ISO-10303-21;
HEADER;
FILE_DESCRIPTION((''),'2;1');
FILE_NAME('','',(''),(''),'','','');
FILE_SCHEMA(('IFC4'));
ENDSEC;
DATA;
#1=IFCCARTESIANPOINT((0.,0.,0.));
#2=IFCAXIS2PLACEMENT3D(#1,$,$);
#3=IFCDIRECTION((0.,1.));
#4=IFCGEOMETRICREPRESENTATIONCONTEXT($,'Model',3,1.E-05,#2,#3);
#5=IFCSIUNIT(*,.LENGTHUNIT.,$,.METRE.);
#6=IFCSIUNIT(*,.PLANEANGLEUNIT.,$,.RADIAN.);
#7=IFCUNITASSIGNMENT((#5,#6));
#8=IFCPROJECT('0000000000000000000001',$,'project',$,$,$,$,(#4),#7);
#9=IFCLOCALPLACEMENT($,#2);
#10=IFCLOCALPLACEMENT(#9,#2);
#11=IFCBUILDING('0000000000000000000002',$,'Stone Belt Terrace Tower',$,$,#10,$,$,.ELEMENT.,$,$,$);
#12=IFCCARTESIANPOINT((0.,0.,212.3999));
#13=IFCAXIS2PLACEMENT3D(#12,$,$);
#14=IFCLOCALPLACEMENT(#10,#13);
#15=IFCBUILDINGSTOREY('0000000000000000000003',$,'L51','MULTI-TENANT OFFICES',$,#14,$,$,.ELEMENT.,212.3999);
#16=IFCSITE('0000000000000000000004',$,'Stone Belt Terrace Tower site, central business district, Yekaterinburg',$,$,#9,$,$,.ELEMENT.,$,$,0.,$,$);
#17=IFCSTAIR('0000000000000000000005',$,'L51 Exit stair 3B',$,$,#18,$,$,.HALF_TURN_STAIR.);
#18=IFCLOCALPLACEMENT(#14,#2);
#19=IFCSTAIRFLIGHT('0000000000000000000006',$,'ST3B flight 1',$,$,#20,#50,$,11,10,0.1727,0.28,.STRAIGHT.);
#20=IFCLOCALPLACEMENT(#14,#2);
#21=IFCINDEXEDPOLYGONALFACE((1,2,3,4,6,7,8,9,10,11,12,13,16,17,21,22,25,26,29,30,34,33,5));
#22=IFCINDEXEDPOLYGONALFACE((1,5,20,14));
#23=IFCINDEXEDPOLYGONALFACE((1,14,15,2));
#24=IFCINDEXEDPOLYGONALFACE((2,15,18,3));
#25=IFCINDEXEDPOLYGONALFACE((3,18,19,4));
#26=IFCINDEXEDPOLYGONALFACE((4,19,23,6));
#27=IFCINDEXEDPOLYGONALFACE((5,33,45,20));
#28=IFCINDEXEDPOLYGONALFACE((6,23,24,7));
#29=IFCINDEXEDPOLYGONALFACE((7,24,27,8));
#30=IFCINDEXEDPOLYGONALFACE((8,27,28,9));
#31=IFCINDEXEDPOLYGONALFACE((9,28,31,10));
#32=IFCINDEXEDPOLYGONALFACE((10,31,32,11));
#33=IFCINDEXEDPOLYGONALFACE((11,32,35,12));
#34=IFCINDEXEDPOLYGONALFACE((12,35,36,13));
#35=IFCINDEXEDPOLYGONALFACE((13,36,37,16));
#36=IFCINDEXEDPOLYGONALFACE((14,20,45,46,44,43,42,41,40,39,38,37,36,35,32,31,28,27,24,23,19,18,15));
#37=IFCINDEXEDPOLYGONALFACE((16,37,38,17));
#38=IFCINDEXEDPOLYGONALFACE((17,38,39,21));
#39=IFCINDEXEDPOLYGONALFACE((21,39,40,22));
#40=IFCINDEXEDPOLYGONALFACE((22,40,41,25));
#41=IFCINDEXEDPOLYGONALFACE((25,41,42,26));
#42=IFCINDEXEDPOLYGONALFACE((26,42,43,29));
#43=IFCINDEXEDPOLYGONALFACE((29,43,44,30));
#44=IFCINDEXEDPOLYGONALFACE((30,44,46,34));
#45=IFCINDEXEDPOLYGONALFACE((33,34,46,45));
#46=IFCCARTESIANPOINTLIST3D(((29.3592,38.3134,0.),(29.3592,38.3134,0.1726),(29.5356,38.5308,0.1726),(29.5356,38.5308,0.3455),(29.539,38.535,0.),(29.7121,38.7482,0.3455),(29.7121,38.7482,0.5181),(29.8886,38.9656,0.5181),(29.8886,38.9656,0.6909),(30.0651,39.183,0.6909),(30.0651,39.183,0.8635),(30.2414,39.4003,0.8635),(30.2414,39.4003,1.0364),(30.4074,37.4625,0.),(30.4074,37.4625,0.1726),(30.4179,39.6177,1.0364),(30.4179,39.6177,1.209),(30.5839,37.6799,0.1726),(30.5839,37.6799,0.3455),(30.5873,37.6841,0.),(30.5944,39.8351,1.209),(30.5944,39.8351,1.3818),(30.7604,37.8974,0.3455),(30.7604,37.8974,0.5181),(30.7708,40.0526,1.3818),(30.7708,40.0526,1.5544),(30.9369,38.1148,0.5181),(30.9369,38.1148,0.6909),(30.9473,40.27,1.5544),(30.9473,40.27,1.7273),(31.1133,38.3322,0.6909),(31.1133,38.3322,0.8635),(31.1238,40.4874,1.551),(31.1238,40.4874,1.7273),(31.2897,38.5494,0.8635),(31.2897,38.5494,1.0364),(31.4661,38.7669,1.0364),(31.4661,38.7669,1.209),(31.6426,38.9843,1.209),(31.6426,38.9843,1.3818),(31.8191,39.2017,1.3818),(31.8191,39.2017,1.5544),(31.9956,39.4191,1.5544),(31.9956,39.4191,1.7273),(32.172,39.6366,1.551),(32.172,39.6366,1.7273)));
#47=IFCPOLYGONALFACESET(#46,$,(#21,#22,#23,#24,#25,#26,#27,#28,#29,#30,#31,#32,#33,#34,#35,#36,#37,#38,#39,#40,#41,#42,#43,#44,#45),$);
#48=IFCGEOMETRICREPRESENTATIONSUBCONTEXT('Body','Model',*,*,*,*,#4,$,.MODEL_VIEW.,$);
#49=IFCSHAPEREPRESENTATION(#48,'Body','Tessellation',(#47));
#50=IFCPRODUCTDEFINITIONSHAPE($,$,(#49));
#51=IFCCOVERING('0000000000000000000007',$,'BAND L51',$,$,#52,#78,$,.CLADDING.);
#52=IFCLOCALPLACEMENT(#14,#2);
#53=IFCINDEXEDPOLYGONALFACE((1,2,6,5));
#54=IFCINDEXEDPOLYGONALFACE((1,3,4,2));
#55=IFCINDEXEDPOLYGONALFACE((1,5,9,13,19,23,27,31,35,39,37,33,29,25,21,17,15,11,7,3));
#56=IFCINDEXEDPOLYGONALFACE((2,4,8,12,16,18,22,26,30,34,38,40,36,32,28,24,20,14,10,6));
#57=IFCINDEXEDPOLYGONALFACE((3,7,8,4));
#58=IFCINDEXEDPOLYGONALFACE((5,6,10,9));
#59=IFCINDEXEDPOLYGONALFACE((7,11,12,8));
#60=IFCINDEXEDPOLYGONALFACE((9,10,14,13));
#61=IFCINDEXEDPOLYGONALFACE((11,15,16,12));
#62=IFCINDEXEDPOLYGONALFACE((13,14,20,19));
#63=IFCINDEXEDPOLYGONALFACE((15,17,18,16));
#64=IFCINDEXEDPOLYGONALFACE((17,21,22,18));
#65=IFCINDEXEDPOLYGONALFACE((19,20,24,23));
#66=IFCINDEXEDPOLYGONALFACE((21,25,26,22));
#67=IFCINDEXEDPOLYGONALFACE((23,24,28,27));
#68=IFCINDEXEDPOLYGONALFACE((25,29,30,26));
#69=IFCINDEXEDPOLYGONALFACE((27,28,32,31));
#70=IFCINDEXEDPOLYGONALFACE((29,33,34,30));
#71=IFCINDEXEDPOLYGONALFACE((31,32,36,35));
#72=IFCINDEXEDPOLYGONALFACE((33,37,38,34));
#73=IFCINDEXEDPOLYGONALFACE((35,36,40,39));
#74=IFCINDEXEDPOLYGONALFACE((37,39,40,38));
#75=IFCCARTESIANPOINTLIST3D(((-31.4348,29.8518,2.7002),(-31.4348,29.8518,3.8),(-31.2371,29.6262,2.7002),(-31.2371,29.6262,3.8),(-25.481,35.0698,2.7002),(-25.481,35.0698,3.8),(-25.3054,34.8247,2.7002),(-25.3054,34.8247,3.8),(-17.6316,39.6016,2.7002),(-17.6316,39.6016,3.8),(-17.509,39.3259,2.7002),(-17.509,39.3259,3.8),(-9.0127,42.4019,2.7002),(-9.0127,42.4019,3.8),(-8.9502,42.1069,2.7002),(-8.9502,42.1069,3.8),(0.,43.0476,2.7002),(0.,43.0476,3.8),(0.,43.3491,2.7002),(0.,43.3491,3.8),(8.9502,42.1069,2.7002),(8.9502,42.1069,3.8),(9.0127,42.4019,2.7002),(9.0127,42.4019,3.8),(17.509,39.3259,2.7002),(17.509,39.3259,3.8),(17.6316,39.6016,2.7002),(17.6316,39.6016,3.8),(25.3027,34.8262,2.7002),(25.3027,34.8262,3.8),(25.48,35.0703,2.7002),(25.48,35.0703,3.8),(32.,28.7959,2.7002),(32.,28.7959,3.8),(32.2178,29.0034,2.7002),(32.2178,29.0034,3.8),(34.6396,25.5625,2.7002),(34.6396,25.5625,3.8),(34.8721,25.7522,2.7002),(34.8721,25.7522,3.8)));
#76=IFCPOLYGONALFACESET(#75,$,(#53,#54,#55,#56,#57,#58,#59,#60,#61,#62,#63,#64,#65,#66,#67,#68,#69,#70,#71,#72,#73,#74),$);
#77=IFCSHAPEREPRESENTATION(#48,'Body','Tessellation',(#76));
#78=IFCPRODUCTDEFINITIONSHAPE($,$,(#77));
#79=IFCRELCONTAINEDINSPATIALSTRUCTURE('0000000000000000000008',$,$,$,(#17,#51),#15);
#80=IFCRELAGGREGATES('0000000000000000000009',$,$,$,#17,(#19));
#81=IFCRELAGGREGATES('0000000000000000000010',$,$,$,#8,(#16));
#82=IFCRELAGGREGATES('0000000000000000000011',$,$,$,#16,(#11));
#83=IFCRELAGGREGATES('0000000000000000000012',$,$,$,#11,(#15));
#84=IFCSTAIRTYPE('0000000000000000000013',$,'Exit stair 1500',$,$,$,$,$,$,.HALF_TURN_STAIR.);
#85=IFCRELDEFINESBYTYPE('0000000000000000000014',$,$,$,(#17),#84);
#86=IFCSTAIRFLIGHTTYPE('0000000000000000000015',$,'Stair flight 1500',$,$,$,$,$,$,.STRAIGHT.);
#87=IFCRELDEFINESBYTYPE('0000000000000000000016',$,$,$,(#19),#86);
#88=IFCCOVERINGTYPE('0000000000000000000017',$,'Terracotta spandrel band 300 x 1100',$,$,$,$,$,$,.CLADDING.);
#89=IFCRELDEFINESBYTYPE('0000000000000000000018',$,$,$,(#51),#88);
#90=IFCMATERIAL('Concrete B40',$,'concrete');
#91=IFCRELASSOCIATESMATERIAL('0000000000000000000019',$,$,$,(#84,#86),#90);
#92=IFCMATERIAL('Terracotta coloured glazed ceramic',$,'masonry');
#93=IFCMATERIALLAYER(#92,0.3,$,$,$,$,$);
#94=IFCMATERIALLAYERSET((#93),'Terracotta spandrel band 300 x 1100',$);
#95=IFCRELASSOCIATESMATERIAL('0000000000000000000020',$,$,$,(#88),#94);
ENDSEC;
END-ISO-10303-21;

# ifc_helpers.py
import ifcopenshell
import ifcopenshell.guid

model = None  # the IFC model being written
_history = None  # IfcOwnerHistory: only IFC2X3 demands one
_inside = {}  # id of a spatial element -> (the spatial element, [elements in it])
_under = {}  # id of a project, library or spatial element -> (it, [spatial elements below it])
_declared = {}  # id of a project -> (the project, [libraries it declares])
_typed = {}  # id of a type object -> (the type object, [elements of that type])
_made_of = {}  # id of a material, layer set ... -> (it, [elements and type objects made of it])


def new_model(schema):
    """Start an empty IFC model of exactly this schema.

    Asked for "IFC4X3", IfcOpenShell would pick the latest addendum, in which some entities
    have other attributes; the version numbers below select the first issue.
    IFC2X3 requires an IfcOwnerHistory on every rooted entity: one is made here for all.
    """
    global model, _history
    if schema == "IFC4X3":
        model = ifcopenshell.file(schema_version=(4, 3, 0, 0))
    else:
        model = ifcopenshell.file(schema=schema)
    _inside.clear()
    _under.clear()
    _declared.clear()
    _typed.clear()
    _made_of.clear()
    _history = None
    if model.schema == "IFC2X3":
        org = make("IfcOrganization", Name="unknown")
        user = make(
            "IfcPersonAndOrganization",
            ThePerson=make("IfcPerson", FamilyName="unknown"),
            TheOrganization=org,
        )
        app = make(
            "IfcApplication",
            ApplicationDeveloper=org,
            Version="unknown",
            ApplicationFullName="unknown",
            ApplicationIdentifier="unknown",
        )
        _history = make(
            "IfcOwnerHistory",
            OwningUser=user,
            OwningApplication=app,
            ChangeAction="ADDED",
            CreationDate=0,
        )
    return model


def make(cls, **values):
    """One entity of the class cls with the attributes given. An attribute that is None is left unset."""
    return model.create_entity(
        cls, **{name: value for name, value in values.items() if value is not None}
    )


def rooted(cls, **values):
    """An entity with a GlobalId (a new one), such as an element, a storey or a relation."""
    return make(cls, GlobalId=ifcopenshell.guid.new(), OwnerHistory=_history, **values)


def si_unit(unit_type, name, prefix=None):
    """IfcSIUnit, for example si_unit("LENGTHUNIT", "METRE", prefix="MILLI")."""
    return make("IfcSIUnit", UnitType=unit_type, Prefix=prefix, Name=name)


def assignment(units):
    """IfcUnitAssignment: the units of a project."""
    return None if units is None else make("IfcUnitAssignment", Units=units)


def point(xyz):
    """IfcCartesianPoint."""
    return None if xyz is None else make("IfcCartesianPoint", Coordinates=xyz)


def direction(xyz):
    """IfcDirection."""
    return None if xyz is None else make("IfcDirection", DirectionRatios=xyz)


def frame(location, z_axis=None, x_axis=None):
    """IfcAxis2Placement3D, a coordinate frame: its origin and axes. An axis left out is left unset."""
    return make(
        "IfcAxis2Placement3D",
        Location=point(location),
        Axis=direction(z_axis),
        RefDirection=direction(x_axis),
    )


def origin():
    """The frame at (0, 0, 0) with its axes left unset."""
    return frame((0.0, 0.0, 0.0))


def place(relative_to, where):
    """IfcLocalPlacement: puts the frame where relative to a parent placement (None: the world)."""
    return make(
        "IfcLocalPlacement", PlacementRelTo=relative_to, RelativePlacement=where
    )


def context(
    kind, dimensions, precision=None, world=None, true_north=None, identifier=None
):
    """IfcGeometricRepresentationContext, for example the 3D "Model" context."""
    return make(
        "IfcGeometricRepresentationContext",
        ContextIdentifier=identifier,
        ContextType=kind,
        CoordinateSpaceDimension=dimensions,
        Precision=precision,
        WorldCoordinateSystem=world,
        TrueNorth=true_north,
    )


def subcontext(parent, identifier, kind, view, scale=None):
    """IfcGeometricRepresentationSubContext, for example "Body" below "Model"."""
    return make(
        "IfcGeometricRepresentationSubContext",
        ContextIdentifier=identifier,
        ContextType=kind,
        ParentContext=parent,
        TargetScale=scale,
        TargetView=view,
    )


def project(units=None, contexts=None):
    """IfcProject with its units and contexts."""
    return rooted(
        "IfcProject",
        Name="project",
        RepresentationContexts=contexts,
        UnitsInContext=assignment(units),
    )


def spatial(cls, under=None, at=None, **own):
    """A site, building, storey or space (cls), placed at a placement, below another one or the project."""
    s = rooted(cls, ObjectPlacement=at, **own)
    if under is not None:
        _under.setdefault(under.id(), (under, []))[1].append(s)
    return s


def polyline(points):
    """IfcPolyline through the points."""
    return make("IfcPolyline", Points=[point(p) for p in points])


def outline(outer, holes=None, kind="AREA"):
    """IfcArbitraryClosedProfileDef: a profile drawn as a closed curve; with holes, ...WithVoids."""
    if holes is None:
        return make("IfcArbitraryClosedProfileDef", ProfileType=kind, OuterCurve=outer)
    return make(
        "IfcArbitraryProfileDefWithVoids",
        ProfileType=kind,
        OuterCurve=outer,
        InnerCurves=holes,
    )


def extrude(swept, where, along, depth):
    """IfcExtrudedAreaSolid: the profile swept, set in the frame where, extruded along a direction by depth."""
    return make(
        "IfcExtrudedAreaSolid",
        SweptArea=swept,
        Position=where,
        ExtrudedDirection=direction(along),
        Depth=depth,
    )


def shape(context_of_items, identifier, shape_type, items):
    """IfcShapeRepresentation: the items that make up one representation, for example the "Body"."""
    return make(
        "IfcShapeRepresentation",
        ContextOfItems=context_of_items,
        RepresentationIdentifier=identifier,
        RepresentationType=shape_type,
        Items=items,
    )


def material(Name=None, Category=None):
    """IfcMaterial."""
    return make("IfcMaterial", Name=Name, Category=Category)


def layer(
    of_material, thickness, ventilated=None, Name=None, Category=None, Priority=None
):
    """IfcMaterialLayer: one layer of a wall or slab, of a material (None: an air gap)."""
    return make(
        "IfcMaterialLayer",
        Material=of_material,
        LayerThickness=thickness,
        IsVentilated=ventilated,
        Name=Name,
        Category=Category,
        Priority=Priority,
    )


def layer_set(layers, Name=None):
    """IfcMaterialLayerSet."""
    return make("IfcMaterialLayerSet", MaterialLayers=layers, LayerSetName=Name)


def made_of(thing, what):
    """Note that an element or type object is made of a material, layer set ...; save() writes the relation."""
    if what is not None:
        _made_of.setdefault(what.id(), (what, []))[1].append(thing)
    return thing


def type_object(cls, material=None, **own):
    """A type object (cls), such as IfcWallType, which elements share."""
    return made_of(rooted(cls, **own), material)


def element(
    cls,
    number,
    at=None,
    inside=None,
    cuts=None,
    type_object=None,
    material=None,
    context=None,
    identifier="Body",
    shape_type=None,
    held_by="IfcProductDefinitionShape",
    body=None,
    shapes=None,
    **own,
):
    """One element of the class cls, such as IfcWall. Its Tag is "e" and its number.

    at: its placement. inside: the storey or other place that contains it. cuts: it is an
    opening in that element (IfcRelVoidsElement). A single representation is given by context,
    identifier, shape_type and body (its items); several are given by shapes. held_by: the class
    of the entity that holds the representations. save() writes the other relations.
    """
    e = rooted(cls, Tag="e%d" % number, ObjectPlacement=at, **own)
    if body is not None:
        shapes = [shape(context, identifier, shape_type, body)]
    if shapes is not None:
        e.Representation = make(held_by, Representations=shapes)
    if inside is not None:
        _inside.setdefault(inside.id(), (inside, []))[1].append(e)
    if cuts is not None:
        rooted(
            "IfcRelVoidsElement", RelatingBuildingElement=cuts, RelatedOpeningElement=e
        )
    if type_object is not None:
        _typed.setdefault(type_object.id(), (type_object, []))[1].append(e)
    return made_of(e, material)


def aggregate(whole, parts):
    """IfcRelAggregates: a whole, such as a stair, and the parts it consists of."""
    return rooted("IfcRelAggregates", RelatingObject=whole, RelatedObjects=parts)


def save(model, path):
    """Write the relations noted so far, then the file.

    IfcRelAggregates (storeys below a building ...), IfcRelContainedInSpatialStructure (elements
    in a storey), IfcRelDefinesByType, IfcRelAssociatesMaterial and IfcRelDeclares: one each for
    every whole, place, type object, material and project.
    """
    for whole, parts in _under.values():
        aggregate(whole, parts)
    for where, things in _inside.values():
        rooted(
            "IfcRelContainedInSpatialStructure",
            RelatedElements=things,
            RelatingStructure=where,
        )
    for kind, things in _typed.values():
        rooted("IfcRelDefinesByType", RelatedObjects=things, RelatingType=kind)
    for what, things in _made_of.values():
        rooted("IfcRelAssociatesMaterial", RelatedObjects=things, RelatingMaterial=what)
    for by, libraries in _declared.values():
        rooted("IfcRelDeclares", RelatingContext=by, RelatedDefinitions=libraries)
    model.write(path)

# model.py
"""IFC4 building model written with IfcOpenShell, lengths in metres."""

from ifc_helpers import new_model, si_unit, direction, frame, origin, place, context, subcontext, project, spatial, polyline, outline, extrude, material, layer, layer_set, type_object, element, aggregate, save


model = new_model("IFC4")

# Units and contexts
model_context = context("Model", 3, precision=1e-05, world=origin(), true_north=direction((0.0, 1.0)))
body_context = subcontext(model_context, "Body", "Model", "MODEL_VIEW")
ifc_project = project(units=[si_unit("LENGTHUNIT", "METRE"), si_unit("PLANEANGLEUNIT", "RADIAN")], contexts=[model_context])

# Site, building, storey
site_placement = place(None, origin())
site = spatial("IfcSite", under=ifc_project, at=site_placement, Name="Stone Belt Terrace Tower site, central business district, Yekaterinburg", CompositionType="ELEMENT", RefElevation=0.0)
building_placement = place(site_placement, origin())
building = spatial("IfcBuilding", under=site, at=building_placement, Name="Stone Belt Terrace Tower", CompositionType="ELEMENT")
storey_placement = place(building_placement, frame((0.0, 0.0, 212.3999)))
storey = spatial("IfcBuildingStorey", under=building, at=storey_placement, Name="L51", Description="MULTI-TENANT OFFICES", CompositionType="ELEMENT", Elevation=212.3999)

# Shared definitions
ifc_material_1 = material(Name="Concrete B40", Category="concrete")

# Stair
stair_type = type_object("IfcStairType", Name="Exit stair 1500", PredefinedType="HALF_TURN_STAIR", material=ifc_material_1)
stair_1_placement = place(storey_placement, origin())
stair_1 = element("IfcStair", 1, at=stair_1_placement, inside=storey, type_object=stair_type, Name="L51 Exit stair 3B", PredefinedType="HALF_TURN_STAIR")

# Stair flight
stair_flight_type = type_object("IfcStairFlightType", Name="Stair flight 1500", PredefinedType="STRAIGHT", material=ifc_material_1)
stair_flight_placement = place(storey_placement, frame((29.8833, 37.8879, 0.0), z_axis=(0.0, 0.0, 1.0), x_axis=(0.630206, 0.776428, 0.0)))
stair_flight = element("IfcStairFlight", 2, at=stair_flight_placement, type_object=stair_flight_type, Name="ST3B flight 1", NumberOfRisers=11, NumberOfTreads=10, PredefinedType="STRAIGHT", RiserHeight=0.1727, TreadLength=0.28, context=body_context, shape_type="SweptSolid", body=[
    extrude(outline(polyline([(0.0, 0.0), (0.0, 0.1726), (0.28, 0.1726), (0.28, 0.3455), (0.5601, 0.3455), (0.5601, 0.5181), (0.8401, 0.5181), (0.8401, 0.6909), (1.1201, 0.6909), (1.1201, 0.8635), (1.3999, 0.8635), (1.3999, 1.0364), (1.6799, 1.0364), (1.6799, 1.209), (1.96, 1.209), (1.96, 1.3818), (2.24, 1.3818), (2.24, 1.5544), (2.52, 1.5544), (2.52, 1.7273), (2.8, 1.7273), (2.8, 1.8999), (2.8, 1.551), (0.2854, 0.0), (0.0, 0.0)])), frame((0.0, 0.675, 0.0), z_axis=(0.0, -1.0, 0.0), x_axis=(1.0, 0.0, 0.0)), (0.0, 0.0, 1.0), 1.3501),
])
aggregate(stair_1, [stair_flight])

# Covering
ifc_material_2 = material(Name="Terracotta coloured glazed ceramic", Category="masonry")
ifc_layer_1 = layer(ifc_material_2, 0.3)
ifc_layer_set_1 = layer_set([ifc_layer_1], Name="Terracotta spandrel band 300 x 1100")
covering_type = type_object("IfcCoveringType", Name="Terracotta spandrel band 300 x 1100", PredefinedType="CLADDING", material=ifc_layer_set_1)
covering_placement = place(storey_placement, frame((0.0, 0.0, 2.7002)))
element("IfcCovering", 3, at=covering_placement, inside=storey, type_object=covering_type, Name="BAND L51", PredefinedType="CLADDING", context=body_context, shape_type="SweptSolid", body=[
    extrude(outline(polyline([(-31.4348, 29.8518), (-25.481, 35.0698), (-17.6316, 39.6016), (-9.0127, 42.4019), (0.0, 43.3491), (9.0127, 42.4019), (17.6316, 39.6016), (25.48, 35.0703), (32.2178, 29.0034), (34.8721, 25.7522), (34.6396, 25.5625), (32.0, 28.7959), (25.3027, 34.8262), (17.509, 39.3259), (8.9502, 42.1069), (0.0, 43.0476), (-8.9502, 42.1069), (-17.509, 39.3259), (-25.3054, 34.8247), (-31.2371, 29.6262), (-31.4348, 29.8518)])), origin(), (0.0, 0.0, 1.0), 1.0999),
])

save(model, "model.ifc")
